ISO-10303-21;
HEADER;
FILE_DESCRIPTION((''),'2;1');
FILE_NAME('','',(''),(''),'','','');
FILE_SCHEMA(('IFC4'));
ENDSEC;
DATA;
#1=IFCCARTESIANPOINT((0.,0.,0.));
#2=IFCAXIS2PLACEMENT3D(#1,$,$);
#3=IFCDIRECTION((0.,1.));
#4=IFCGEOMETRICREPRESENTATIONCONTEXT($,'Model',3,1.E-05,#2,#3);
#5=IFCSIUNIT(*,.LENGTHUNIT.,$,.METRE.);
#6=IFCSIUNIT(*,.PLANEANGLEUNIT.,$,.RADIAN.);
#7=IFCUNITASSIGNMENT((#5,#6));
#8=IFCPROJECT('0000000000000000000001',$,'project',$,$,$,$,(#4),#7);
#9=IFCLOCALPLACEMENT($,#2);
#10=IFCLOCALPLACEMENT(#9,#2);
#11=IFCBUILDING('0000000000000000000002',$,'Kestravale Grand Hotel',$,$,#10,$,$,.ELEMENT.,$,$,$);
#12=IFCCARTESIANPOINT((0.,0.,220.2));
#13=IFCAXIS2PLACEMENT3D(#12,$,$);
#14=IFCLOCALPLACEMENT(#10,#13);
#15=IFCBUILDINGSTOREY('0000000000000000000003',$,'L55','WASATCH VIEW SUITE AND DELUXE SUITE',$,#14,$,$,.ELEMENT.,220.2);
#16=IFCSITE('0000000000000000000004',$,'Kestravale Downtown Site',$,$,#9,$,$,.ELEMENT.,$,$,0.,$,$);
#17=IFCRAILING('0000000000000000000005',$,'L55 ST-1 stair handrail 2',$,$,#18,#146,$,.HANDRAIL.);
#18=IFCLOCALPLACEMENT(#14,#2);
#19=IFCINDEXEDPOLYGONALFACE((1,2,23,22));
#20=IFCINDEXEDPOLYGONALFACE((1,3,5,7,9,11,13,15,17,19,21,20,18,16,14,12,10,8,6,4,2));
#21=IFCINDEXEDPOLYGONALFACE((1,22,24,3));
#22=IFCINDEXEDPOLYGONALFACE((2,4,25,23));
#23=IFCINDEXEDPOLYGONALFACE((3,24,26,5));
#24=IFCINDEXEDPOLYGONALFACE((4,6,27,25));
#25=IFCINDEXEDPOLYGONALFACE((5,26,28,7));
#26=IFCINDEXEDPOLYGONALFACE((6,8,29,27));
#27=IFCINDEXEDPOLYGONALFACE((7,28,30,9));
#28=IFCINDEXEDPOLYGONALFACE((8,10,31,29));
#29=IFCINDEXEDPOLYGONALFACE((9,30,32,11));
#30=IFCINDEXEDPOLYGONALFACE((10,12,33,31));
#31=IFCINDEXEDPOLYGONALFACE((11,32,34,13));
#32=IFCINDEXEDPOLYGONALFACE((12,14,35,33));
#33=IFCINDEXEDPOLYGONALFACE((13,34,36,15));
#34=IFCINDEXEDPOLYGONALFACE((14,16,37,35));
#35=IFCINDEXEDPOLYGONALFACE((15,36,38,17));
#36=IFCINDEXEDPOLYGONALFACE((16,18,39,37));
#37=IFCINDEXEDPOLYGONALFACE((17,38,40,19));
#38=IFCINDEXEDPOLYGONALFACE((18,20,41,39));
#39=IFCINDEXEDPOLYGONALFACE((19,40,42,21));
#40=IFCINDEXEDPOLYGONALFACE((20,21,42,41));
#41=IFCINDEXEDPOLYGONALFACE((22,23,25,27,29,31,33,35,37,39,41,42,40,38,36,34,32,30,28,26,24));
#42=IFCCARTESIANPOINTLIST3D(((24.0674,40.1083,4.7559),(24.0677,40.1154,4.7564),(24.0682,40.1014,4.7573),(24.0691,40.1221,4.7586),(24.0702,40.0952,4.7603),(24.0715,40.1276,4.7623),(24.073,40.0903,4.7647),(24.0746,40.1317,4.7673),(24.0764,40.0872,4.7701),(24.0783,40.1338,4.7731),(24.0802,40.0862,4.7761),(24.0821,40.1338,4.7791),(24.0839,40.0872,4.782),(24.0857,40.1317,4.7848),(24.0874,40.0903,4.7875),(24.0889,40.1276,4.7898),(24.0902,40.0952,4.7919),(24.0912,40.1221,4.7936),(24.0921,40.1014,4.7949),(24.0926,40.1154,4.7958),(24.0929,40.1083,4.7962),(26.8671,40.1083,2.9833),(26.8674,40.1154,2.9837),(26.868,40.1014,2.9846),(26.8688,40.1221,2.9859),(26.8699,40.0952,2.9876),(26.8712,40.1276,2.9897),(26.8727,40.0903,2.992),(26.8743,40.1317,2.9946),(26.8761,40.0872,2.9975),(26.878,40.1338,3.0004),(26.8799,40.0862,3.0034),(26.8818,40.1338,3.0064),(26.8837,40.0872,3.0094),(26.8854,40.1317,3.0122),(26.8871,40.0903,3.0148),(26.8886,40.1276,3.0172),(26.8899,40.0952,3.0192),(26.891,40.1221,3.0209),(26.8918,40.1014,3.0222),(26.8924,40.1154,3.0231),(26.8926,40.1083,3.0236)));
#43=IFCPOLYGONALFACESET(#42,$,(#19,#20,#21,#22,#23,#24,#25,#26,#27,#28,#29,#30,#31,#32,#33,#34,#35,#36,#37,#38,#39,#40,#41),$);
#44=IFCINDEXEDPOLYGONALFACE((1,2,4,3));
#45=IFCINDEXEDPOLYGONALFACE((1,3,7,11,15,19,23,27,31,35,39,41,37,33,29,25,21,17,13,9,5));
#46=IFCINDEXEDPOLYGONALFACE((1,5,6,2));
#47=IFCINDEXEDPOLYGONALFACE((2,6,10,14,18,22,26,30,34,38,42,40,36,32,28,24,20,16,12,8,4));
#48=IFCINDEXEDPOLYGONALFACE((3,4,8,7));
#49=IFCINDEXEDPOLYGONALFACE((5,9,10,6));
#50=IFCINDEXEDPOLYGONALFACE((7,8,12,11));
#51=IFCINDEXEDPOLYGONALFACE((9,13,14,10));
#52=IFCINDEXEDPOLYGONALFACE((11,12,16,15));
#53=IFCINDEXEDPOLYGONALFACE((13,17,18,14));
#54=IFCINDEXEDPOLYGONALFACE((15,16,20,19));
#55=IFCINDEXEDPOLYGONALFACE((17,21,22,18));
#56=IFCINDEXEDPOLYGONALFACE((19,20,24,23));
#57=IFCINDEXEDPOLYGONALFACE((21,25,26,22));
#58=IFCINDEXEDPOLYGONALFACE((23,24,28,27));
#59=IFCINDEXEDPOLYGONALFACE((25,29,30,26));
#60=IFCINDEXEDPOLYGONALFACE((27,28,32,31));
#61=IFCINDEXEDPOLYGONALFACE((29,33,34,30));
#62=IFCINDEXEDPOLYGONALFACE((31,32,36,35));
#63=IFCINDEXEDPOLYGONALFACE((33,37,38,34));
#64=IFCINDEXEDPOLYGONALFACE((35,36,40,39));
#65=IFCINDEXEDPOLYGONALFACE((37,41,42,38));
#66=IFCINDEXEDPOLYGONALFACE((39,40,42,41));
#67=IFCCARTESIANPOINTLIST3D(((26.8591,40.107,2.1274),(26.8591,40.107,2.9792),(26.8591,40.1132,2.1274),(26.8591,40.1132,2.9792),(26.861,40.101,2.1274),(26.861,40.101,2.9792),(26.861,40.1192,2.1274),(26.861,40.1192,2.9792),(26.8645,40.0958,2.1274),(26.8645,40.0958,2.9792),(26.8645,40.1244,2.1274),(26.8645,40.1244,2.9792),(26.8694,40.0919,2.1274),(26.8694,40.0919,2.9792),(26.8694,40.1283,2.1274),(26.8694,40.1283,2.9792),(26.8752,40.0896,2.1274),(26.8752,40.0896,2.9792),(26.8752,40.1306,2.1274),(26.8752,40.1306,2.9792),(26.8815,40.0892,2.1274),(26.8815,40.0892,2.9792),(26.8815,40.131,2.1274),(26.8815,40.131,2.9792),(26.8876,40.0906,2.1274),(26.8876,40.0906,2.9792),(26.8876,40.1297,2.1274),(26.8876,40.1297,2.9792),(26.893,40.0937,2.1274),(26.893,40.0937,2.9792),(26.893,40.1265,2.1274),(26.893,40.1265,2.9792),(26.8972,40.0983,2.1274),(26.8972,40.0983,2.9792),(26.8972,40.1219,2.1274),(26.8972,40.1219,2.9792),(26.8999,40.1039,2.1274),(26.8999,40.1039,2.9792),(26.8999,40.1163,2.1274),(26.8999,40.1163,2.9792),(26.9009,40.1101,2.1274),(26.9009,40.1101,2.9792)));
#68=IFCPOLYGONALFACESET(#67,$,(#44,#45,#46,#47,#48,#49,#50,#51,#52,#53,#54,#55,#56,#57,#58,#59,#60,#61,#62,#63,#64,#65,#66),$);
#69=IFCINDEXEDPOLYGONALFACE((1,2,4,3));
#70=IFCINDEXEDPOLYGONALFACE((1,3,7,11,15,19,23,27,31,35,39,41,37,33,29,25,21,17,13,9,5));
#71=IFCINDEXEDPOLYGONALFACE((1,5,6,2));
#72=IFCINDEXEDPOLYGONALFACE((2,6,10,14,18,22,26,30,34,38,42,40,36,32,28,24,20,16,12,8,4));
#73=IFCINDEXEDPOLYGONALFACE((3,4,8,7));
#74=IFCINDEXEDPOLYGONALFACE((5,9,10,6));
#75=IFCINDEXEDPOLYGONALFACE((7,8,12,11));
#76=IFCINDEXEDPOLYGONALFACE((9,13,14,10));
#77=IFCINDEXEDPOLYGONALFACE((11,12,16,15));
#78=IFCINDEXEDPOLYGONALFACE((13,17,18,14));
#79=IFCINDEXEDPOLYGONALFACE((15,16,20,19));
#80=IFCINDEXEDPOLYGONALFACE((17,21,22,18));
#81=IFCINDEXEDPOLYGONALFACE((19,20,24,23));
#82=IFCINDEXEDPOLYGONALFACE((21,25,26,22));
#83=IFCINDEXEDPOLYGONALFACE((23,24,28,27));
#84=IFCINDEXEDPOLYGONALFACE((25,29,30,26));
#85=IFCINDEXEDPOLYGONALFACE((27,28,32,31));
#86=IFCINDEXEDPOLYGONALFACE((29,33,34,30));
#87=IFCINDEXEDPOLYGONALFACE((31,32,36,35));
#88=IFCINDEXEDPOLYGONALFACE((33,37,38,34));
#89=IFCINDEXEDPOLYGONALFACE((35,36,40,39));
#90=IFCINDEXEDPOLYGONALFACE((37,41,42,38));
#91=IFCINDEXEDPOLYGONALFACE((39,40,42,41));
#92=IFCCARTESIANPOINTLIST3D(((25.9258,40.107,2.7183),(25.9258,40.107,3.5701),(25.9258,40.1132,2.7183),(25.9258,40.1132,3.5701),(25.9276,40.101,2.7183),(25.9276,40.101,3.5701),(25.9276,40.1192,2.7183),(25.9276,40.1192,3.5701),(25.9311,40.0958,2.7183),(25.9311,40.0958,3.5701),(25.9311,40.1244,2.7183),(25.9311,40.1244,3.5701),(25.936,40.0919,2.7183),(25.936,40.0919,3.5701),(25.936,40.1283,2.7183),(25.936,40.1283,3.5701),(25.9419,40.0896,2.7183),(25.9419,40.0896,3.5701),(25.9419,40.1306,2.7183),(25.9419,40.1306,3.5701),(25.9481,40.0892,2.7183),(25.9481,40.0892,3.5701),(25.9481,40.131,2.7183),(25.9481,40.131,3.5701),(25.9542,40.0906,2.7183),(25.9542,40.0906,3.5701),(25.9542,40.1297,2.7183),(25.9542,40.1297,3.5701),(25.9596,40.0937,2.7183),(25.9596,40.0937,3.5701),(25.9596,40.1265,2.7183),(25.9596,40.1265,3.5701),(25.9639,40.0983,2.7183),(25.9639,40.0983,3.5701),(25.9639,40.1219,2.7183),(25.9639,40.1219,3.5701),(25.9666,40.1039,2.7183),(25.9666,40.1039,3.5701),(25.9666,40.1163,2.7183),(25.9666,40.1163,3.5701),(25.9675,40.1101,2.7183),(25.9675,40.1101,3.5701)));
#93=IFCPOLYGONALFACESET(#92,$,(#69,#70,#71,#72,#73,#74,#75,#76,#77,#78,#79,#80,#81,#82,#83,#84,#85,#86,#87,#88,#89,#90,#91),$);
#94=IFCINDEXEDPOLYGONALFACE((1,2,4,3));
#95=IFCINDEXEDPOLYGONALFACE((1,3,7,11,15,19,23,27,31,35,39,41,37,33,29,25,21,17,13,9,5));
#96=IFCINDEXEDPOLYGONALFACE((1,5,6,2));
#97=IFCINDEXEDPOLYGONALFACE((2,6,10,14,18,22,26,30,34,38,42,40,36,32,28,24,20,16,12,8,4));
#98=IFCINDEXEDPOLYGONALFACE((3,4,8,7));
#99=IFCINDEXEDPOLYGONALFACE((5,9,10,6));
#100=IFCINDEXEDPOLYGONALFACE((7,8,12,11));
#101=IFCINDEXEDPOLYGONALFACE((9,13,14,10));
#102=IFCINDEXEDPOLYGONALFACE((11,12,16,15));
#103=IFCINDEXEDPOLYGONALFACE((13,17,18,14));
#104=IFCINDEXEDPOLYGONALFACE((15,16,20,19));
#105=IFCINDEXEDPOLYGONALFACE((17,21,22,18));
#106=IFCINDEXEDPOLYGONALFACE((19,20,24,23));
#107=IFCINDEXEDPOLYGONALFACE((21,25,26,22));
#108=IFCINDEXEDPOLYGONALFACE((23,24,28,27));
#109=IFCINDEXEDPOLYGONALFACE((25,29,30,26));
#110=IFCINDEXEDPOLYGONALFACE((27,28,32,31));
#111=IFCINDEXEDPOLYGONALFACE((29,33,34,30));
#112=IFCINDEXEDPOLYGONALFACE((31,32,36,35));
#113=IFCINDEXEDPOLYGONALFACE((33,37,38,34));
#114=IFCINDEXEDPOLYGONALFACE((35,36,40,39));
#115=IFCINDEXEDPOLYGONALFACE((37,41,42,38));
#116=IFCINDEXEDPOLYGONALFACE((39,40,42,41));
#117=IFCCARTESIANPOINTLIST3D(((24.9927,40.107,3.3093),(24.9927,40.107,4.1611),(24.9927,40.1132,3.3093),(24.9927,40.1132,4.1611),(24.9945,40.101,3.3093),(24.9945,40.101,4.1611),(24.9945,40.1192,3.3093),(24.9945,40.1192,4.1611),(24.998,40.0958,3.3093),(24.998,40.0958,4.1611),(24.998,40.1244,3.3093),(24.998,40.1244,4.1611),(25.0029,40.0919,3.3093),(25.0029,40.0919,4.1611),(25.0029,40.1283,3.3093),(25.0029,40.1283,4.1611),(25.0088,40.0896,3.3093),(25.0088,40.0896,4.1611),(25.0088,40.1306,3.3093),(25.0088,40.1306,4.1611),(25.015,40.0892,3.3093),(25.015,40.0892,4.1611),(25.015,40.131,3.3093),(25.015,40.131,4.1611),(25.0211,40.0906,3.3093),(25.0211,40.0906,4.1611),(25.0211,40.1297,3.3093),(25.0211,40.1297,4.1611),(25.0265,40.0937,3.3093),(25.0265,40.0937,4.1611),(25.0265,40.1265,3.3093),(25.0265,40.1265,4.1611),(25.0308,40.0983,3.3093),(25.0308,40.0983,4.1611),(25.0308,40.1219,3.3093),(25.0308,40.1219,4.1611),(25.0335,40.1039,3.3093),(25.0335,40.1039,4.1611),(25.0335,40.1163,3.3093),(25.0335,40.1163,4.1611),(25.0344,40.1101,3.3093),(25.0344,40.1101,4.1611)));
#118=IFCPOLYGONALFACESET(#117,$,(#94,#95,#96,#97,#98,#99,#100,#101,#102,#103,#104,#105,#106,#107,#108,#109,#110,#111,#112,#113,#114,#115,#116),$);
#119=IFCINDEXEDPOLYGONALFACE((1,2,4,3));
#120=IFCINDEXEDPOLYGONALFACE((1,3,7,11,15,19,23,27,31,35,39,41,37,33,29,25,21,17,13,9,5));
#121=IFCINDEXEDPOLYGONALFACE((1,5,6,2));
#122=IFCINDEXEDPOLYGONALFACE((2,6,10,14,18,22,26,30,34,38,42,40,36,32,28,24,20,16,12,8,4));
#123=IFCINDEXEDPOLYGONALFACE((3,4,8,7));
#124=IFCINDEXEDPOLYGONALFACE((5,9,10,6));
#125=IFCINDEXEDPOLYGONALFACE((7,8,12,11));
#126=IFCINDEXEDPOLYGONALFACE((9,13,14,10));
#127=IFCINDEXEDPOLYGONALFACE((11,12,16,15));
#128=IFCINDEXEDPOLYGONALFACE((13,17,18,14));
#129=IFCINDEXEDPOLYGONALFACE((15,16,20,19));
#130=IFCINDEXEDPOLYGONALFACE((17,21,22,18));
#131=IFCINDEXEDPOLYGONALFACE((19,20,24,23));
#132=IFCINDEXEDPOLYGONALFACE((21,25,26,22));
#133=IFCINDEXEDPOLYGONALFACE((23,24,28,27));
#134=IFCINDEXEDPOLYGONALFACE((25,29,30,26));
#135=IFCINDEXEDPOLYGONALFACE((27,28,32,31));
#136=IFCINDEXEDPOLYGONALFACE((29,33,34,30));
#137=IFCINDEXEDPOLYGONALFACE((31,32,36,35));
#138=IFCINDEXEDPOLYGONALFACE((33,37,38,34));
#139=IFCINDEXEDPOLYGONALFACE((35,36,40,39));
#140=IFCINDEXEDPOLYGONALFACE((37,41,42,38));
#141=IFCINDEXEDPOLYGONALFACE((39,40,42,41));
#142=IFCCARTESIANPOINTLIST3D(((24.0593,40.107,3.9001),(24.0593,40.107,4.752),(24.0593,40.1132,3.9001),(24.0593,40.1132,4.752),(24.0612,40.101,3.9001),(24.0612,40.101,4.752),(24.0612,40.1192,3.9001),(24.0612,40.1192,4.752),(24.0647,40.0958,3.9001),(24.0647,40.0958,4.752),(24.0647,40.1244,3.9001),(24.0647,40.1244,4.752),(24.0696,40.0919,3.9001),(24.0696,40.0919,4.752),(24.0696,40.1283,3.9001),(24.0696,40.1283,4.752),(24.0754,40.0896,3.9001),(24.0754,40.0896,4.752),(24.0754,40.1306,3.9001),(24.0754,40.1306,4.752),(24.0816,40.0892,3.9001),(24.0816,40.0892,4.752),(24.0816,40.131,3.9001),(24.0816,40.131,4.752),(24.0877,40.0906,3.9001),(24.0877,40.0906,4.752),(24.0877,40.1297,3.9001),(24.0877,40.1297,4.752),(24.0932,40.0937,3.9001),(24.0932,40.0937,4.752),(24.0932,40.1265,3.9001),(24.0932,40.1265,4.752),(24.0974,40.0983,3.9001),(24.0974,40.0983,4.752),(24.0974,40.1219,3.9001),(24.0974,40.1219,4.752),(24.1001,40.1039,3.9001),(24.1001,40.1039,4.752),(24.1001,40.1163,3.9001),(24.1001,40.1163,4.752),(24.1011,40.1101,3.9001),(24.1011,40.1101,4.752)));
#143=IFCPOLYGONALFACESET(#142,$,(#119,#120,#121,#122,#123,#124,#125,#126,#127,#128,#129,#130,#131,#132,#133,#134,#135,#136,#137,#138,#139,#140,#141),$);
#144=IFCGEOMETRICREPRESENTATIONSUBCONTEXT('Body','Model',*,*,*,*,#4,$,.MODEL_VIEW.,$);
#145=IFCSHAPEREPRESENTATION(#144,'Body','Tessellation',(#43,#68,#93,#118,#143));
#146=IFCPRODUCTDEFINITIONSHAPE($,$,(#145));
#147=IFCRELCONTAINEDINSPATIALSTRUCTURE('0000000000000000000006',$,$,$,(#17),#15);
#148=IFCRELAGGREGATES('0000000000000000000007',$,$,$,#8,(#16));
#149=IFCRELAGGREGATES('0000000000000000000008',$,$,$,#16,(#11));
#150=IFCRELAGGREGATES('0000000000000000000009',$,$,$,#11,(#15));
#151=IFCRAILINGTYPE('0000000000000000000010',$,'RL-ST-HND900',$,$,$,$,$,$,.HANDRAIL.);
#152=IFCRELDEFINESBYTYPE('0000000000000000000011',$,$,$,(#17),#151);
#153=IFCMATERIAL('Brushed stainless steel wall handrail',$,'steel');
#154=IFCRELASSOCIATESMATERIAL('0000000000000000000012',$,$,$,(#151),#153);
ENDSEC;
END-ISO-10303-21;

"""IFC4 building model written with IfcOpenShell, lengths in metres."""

from ifc_helpers import new_model, si_unit, direction, frame, origin, origin_2d, place, context, subcontext, project, spatial, circle, extrude, material, type_object, element, save


model = new_model("IFC4")

# Units and contexts
model_context = context("Model", 3, precision=1e-05, world=origin(), true_north=direction((0.0, 1.0)))
body_context = subcontext(model_context, "Body", "Model", "MODEL_VIEW")
ifc_project = project(units=[si_unit("LENGTHUNIT", "METRE"), si_unit("PLANEANGLEUNIT", "RADIAN")], contexts=[model_context])

# Site, building, storey
site_placement = place(None, origin())
site = spatial("IfcSite", under=ifc_project, at=site_placement, Name="Kestravale Downtown Site", CompositionType="ELEMENT", RefElevation=0.0)
building_placement = place(site_placement, origin())
building = spatial("IfcBuilding", under=site, at=building_placement, Name="Kestravale Grand Hotel", CompositionType="ELEMENT")
storey_placement = place(building_placement, frame((0.0, 0.0, 220.2)))
storey = spatial("IfcBuildingStorey", under=building, at=storey_placement, Name="L55", Description="WASATCH VIEW SUITE AND DELUXE SUITE", CompositionType="ELEMENT", Elevation=220.2)

# Railing
ifc_material_1 = material(Name="Brushed stainless steel wall handrail", Category="steel")
railing_type_1 = type_object("IfcRailingType", Name="RL-ST-HND900", PredefinedType="HANDRAIL", material=ifc_material_1)
railing_1_placement = place(storey_placement, frame((26.8799, 40.1101, 2.1274)))
element("IfcRailing", 1, at=railing_1_placement, inside=storey, type_object=railing_type_1, Name="L55 ST-1 stair handrail 2", PredefinedType="HANDRAIL", context=body_context, shape_type="SweptSolid", body=[
    extrude(circle(Radius=0.0239, at=origin_2d()), frame((0.0, 0.0, 0.876), z_axis=(-0.844888, 0.0, 0.534943), x_axis=(0.0, -1.0, 0.0)), (0.0, 0.0, 1.0), 3.3137),
    extrude(circle(Radius=0.021, at=origin_2d()), origin(), (0.0, 0.0, 1.0), 0.8518),
    extrude(circle(Radius=0.021, at=origin_2d()), frame((-0.9333, 0.0, 0.5908)), (0.0, 0.0, 1.0), 0.8518),
    extrude(circle(Radius=0.021, at=origin_2d()), frame((-1.8665, 0.0, 1.1819)), (0.0, 0.0, 1.0), 0.8518),
    extrude(circle(Radius=0.021, at=origin_2d()), frame((-2.7998, 0.0, 1.7727)), (0.0, 0.0, 1.0), 0.8518),
])

save(model, "model.ifc")
